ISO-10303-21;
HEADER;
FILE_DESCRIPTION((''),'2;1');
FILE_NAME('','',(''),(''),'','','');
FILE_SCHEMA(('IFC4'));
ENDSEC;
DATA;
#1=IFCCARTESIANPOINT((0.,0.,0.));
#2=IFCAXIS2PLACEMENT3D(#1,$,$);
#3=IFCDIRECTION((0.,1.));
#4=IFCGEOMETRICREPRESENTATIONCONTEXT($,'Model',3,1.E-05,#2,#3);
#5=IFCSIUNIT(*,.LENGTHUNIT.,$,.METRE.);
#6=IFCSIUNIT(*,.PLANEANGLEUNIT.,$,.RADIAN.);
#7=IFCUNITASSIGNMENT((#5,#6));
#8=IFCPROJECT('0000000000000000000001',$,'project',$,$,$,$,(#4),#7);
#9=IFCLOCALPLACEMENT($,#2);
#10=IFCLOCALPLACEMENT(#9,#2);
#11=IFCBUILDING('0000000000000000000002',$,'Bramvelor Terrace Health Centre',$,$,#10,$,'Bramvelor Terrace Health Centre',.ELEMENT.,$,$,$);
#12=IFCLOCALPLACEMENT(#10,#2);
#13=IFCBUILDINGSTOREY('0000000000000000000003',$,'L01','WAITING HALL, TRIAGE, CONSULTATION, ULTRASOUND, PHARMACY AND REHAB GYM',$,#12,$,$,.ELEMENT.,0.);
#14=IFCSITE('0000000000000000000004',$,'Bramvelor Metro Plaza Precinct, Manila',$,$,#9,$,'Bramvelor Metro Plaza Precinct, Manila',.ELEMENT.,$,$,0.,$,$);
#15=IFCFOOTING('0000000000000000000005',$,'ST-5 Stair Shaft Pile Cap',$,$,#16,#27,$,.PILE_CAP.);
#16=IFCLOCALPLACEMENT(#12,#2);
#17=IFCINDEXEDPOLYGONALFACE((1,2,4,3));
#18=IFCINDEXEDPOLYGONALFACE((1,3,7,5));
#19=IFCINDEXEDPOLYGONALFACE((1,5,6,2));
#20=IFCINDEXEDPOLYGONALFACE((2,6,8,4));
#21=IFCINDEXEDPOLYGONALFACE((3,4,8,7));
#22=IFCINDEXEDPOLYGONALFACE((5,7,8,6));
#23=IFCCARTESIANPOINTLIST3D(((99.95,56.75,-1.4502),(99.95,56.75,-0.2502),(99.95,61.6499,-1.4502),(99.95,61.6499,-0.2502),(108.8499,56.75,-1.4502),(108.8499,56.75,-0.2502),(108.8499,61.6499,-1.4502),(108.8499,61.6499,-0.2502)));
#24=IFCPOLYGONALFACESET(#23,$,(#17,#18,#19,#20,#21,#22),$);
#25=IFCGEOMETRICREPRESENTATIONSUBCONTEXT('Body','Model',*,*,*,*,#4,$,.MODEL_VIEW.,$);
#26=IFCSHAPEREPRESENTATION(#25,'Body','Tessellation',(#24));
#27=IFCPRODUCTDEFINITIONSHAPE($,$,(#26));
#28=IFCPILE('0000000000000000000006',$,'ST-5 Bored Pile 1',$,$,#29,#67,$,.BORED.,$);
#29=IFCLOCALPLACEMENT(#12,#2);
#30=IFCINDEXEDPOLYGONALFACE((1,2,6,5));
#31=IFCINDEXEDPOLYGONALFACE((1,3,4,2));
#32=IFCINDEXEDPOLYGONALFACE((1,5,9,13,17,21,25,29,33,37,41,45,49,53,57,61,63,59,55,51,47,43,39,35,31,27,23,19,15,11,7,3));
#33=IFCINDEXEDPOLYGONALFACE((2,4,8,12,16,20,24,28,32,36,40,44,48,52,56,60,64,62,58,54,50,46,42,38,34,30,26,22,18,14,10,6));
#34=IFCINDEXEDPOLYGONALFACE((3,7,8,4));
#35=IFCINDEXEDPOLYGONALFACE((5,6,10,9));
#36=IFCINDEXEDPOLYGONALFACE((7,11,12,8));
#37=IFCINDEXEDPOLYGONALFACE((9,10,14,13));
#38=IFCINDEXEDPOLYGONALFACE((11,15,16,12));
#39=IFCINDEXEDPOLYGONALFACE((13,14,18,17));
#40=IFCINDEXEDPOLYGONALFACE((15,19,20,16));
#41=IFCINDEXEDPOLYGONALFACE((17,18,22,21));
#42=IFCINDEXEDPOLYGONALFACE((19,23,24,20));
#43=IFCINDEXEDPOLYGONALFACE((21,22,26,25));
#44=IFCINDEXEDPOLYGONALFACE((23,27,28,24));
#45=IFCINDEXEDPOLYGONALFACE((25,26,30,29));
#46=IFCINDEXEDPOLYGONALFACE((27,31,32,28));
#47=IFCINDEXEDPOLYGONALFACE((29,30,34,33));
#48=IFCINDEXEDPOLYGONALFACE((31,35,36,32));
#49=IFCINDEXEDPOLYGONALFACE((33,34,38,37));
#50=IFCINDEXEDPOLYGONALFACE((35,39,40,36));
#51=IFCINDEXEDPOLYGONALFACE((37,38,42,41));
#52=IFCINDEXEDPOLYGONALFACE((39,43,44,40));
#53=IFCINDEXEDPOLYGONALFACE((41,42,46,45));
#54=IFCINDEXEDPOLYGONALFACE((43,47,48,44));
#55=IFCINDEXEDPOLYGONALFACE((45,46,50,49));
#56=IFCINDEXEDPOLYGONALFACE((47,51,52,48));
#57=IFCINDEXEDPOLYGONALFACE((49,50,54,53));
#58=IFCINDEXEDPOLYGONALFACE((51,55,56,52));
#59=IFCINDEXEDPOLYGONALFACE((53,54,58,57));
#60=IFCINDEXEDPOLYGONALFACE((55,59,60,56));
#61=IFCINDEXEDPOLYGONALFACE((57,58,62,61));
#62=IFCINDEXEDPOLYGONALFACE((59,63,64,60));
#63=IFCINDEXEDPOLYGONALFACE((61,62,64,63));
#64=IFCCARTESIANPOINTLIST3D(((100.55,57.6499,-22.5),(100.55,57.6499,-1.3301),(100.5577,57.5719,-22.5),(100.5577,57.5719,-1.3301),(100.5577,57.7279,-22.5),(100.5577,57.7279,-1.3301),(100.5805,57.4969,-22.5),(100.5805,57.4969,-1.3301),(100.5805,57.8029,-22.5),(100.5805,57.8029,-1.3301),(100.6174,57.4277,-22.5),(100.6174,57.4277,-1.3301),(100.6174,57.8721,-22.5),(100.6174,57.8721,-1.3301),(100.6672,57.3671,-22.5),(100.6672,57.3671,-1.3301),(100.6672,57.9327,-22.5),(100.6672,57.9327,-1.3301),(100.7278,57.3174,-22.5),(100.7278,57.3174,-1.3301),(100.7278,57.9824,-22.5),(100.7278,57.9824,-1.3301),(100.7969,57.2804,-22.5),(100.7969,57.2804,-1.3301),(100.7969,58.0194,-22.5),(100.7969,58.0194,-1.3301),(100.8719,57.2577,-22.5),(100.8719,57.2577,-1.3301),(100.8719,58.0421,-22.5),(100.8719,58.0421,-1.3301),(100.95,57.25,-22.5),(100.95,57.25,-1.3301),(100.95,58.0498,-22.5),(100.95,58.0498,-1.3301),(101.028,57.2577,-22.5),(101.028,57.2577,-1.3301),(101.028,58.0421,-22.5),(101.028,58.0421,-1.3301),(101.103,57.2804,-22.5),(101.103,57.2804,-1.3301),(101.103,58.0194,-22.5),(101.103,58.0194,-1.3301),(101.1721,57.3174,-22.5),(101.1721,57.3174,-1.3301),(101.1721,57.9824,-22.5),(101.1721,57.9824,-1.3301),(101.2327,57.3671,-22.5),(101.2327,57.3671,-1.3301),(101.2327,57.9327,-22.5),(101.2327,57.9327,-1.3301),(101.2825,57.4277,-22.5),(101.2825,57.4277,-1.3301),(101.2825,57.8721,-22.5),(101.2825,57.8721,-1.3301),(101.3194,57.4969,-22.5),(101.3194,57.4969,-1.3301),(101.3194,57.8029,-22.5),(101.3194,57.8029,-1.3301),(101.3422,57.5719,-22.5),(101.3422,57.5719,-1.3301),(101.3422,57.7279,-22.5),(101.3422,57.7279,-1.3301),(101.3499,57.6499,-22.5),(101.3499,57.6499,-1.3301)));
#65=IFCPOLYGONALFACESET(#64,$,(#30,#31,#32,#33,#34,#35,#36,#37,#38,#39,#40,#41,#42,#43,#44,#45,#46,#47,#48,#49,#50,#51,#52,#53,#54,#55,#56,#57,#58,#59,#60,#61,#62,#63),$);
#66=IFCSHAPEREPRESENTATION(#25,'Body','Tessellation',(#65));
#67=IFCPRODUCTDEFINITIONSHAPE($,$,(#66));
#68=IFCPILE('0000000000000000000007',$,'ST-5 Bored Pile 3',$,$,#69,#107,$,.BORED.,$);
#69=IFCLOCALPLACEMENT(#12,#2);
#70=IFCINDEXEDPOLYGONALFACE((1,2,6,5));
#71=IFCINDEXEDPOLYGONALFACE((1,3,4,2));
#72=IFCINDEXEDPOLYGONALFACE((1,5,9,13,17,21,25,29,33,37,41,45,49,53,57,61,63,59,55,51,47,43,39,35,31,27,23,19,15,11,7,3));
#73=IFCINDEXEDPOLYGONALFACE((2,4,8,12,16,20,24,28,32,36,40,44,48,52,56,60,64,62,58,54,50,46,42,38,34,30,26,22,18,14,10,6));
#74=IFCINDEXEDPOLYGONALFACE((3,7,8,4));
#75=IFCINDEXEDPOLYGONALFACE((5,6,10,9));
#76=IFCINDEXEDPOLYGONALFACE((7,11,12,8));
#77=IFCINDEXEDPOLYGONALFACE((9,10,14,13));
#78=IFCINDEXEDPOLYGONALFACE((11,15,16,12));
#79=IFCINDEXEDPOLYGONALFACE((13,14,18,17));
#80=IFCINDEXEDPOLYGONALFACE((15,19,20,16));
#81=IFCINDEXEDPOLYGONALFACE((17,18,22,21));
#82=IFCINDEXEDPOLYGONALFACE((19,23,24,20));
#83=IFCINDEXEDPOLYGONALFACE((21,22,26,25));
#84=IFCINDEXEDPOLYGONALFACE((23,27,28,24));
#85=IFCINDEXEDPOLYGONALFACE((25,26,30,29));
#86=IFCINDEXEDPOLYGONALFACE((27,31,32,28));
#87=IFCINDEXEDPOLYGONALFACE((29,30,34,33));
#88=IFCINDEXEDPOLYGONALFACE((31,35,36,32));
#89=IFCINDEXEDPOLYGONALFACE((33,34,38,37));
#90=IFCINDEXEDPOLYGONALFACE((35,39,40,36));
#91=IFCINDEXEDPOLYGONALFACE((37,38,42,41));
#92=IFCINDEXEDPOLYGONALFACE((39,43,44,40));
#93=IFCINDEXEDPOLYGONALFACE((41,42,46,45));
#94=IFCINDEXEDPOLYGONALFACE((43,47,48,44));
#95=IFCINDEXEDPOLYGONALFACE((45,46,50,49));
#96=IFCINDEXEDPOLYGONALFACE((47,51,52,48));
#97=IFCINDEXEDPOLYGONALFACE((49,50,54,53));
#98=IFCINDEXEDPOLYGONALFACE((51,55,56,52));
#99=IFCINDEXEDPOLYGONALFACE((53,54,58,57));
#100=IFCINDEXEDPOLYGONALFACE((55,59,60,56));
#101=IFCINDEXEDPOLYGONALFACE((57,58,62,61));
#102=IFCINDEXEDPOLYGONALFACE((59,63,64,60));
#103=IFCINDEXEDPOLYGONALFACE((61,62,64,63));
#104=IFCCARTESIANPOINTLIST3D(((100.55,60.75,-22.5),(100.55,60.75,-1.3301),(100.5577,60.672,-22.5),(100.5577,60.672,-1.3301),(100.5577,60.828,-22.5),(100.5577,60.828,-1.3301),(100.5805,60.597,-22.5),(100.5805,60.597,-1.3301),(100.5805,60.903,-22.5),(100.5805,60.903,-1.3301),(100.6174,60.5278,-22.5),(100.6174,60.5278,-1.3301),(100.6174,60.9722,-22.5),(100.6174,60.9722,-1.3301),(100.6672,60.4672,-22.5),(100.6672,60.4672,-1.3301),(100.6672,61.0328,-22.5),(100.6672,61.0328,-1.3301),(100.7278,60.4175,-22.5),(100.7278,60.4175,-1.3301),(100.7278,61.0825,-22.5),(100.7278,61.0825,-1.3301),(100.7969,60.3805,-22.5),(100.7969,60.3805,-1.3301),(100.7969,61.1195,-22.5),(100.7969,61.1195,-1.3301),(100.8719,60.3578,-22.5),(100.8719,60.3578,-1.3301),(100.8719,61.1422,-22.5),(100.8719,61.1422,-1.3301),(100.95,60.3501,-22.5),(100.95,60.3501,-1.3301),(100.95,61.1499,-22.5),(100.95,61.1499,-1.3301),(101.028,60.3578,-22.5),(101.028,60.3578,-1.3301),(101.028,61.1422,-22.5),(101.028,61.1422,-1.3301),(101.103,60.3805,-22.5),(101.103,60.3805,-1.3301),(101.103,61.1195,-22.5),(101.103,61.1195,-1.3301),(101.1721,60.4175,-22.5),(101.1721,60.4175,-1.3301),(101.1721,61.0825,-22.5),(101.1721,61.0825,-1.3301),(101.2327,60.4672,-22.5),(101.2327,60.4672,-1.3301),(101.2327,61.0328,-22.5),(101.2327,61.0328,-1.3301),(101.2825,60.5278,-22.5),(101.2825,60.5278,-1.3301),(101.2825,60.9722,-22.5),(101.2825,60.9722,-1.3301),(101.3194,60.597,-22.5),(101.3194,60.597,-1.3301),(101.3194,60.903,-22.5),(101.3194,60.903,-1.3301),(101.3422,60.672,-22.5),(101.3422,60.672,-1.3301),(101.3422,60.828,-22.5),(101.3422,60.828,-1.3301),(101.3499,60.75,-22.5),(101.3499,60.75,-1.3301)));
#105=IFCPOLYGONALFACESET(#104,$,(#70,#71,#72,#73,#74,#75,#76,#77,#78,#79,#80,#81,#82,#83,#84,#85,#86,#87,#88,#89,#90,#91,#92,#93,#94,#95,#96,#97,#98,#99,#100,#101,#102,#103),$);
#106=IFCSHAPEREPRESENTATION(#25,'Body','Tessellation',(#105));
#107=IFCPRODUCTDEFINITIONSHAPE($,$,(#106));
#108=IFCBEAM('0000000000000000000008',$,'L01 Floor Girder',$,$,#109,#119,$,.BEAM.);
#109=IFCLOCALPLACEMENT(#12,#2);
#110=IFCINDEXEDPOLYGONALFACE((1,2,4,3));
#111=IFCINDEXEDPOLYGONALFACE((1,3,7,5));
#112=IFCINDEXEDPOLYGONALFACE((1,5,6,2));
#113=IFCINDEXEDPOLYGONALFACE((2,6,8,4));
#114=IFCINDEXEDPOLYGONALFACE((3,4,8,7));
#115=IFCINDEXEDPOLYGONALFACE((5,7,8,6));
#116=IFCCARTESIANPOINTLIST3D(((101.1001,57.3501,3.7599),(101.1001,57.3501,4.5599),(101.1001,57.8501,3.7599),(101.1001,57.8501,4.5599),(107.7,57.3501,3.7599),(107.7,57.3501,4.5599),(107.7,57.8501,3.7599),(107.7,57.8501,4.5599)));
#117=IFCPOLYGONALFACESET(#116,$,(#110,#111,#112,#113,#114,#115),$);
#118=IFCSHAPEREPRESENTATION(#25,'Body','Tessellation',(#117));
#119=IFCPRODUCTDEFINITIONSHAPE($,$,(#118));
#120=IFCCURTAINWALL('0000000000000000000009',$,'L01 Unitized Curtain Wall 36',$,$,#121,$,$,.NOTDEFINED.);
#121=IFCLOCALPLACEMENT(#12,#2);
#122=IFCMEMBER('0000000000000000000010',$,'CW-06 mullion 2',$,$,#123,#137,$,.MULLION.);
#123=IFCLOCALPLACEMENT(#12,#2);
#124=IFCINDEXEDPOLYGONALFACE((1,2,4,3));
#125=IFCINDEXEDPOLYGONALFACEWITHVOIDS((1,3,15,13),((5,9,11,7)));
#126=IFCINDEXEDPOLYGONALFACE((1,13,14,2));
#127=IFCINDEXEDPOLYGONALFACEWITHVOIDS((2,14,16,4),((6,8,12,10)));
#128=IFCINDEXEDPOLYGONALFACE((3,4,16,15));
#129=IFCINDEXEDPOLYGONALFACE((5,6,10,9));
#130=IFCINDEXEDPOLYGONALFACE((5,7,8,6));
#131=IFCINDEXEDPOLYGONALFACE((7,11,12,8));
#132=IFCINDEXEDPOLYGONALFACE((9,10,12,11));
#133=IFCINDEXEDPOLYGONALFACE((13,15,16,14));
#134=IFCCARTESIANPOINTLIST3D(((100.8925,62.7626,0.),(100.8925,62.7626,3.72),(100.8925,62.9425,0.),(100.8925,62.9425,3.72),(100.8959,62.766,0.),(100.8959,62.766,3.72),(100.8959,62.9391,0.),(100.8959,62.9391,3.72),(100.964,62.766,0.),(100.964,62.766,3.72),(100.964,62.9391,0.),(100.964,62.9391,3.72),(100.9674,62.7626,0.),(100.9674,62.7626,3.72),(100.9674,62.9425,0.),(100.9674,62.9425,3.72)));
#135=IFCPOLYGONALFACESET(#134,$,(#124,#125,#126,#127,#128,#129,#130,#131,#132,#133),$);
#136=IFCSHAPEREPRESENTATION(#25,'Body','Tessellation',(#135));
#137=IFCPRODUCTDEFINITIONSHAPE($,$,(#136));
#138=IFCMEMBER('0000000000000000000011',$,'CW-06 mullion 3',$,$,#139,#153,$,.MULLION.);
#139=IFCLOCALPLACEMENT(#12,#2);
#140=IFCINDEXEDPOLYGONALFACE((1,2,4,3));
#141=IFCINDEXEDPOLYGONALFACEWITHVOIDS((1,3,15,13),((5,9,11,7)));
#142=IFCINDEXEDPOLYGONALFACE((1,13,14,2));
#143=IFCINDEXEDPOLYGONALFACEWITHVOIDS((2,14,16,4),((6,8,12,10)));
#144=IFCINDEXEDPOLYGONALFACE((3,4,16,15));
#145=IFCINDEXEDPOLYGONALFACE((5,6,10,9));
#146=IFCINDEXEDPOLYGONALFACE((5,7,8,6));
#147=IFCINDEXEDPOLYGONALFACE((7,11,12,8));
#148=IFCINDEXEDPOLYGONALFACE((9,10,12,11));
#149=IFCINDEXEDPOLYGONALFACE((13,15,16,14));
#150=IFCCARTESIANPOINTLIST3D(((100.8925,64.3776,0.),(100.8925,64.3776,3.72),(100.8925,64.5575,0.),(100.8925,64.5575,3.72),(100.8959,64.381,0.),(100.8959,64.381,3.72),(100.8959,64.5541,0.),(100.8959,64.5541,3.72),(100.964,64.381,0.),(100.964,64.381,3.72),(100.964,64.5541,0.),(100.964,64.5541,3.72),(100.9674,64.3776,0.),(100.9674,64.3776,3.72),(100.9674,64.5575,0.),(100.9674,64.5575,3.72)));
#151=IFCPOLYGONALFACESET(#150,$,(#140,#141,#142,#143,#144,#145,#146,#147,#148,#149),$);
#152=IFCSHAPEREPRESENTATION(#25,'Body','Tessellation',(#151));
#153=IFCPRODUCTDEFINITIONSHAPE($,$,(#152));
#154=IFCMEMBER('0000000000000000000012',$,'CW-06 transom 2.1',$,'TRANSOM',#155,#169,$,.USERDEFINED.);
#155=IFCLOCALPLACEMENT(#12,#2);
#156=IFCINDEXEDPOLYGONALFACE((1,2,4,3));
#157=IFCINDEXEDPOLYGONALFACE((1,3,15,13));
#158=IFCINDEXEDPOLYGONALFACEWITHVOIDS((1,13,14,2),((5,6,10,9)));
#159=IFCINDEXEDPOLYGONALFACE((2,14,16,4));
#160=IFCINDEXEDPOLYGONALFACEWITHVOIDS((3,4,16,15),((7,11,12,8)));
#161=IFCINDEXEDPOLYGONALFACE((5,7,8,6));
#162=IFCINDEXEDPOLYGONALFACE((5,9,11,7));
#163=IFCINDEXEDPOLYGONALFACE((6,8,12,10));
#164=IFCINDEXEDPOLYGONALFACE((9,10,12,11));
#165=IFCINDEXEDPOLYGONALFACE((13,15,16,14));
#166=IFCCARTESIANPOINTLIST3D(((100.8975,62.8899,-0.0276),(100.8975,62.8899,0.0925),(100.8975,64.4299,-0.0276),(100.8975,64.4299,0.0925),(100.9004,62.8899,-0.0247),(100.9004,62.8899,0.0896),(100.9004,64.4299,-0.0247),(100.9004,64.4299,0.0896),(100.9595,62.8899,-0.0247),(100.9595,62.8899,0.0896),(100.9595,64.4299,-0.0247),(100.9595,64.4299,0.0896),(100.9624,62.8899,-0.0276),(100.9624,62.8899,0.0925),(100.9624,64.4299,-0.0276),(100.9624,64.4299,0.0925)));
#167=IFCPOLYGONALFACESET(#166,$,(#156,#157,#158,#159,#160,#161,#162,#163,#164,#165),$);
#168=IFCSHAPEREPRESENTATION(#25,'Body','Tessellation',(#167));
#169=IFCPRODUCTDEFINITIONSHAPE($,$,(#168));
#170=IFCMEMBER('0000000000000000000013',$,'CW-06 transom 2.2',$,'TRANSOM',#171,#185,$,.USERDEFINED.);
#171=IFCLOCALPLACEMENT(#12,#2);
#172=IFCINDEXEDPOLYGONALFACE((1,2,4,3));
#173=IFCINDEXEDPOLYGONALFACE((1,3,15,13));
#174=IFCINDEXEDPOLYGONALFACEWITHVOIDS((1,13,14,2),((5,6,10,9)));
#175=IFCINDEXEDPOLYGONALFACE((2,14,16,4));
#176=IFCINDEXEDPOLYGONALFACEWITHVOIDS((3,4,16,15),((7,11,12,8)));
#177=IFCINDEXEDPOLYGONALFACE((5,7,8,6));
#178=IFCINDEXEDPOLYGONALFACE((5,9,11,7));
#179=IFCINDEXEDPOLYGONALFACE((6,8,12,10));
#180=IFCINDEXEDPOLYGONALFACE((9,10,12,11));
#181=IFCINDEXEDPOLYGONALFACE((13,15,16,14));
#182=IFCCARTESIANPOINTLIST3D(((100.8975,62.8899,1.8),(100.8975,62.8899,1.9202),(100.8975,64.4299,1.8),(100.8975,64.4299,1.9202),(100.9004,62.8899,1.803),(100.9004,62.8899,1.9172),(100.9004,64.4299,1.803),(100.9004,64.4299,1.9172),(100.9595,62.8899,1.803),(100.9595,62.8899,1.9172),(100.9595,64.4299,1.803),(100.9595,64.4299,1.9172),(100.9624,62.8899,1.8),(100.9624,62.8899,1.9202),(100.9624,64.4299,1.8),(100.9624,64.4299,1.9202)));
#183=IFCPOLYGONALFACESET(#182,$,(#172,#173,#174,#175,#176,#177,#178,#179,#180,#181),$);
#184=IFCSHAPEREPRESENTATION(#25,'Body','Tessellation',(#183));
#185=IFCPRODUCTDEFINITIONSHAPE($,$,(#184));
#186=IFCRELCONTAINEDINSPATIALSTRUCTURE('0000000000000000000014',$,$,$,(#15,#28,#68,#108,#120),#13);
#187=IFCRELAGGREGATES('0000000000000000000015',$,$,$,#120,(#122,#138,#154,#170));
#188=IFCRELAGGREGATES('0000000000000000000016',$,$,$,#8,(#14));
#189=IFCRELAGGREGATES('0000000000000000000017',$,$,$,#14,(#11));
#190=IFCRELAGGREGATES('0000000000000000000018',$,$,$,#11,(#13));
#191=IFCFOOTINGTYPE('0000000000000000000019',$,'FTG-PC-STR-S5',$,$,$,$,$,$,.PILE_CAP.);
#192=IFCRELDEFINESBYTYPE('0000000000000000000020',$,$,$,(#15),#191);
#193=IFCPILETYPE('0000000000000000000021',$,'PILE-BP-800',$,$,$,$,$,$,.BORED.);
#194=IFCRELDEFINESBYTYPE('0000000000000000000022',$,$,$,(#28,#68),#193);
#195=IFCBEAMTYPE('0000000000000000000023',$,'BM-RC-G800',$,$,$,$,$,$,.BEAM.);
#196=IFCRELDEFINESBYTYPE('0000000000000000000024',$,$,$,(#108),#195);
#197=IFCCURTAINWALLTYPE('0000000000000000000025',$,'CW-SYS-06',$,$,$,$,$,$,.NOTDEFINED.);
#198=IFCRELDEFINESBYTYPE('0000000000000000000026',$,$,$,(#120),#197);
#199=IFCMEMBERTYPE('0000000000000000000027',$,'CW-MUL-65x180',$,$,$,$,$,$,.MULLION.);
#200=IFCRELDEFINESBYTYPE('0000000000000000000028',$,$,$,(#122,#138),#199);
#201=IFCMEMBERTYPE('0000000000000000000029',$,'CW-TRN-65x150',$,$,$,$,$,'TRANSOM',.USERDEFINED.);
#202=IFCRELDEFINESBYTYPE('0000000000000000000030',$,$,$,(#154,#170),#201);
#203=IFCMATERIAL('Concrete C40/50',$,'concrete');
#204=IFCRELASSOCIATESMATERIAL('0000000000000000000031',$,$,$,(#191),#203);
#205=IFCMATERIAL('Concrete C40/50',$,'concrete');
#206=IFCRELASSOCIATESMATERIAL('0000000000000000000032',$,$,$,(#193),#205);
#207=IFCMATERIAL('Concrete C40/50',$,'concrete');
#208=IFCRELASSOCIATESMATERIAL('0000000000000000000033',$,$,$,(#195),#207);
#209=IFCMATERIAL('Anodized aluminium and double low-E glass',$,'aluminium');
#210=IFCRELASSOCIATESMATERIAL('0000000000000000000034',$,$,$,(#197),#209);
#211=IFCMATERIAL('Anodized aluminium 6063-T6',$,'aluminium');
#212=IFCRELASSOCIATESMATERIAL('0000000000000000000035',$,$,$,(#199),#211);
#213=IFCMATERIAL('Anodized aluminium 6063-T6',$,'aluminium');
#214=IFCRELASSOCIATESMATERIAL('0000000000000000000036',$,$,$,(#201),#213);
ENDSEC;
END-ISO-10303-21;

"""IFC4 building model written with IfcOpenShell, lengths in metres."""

from ifc_helpers import new_model, si_unit, direction, frame, origin, origin_2d, place, context, subcontext, project, spatial, rectangle, hollow_rectangle, circle, extrude, material, material_profile, profile_set, type_object, element, aggregate, save


model = new_model("IFC4")

# Units and contexts
model_context = context("Model", 3, precision=1e-05, world=origin(), true_north=direction((0.0, 1.0)))
body_context = subcontext(model_context, "Body", "Model", "MODEL_VIEW")
ifc_project = project(units=[si_unit("LENGTHUNIT", "METRE"), si_unit("PLANEANGLEUNIT", "RADIAN")], contexts=[model_context])

# Site, building, storey
site_placement = place(None, origin())
site = spatial("IfcSite", under=ifc_project, at=site_placement, Name="Bramvelor Metro Plaza Precinct, Manila", LongName="Bramvelor Metro Plaza Precinct, Manila", CompositionType="ELEMENT", RefElevation=0.0)
building_placement = place(site_placement, origin())
building = spatial("IfcBuilding", under=site, at=building_placement, Name="Bramvelor Terrace Health Centre", LongName="Bramvelor Terrace Health Centre", CompositionType="ELEMENT")
storey_placement = place(building_placement, origin())
storey = spatial("IfcBuildingStorey", under=building, at=storey_placement, Name="L01", Description="WAITING HALL, TRIAGE, CONSULTATION, ULTRASOUND, PHARMACY AND REHAB GYM", CompositionType="ELEMENT", Elevation=0.0)

# Footing
ifc_material_1 = material(Name="Concrete C40/50", Category="concrete")
footing_type = type_object("IfcFootingType", Name="FTG-PC-STR-S5", PredefinedType="PILE_CAP", material=ifc_material_1)
footing_placement = place(storey_placement, frame((104.3999, 59.2, -1.4502), z_axis=(0.0, 0.0, 1.0), x_axis=(1.0, 0.0, 0.0)))
element("IfcFooting", 1, at=footing_placement, inside=storey, type_object=footing_type, Name="ST-5 Stair Shaft Pile Cap", PredefinedType="PILE_CAP", context=body_context, shape_type="SweptSolid", body=[
    extrude(rectangle(XDim=8.8999, YDim=4.8999, at=origin_2d()), origin(), (0.0, 0.0, 1.0), 1.2),
])

# Piles
ifc_material_2 = material(Name="Concrete C40/50", Category="concrete")
ifc_material_profile_1 = material_profile(ifc_material_2, circle(Radius=0.3999, at=origin_2d()), Name="BP D800")
ifc_profile_set_1 = profile_set([ifc_material_profile_1], Name="Concrete C40/50")
pile_type = type_object("IfcPileType", Name="PILE-BP-800", PredefinedType="BORED", material=ifc_profile_set_1)
for number, where, z_axis, x_axis, name in (
    (2, (100.95, 57.6499, -1.3301), (0.0, 0.0, -1.0), (1.0, 0.0, 0.0), "ST-5 Bored Pile 1"),
    (3, (100.95, 60.75, -1.3301), (0.0, 0.0, -1.0), (1.0, 0.0, 0.0), "ST-5 Bored Pile 3"),
):
    element("IfcPile", number, at=place(storey_placement, frame(where, z_axis=z_axis, x_axis=x_axis)), inside=storey, type_object=pile_type, Name=name, PredefinedType="BORED", context=body_context, shape_type="SweptSolid", body=[
        extrude(circle(Radius=0.3999, at=origin_2d()), origin(), (0.0, 0.0, 1.0), 21.1699),
    ])

# Beam
ifc_material_3 = material(Name="Concrete C40/50", Category="concrete")
ifc_material_profile_2 = material_profile(ifc_material_3, rectangle(XDim=0.5, YDim=0.8, at=origin_2d()), Name="RC 500x800")
ifc_profile_set_2 = profile_set([ifc_material_profile_2], Name="Concrete C40/50")
beam_type = type_object("IfcBeamType", Name="BM-RC-G800", PredefinedType="BEAM", material=ifc_profile_set_2)
beam_placement = place(storey_placement, frame((101.1001, 57.6001, 4.1599), z_axis=(1.0, 0.0, 0.0), x_axis=(0.0, 1.0, 0.0)))
element("IfcBeam", 4, at=beam_placement, inside=storey, type_object=beam_type, Name="L01 Floor Girder", PredefinedType="BEAM", context=body_context, shape_type="SweptSolid", body=[
    extrude(rectangle(XDim=0.5, YDim=0.8, at=origin_2d()), origin(), (0.0, 0.0, 1.0), 6.5999),
])

# Curtain wall, members
ifc_material_4 = material(Name="Anodized aluminium and double low-E glass", Category="aluminium")
curtain_wall_type = type_object("IfcCurtainWallType", Name="CW-SYS-06", PredefinedType="NOTDEFINED", material=ifc_material_4)
curtain_wall_placement = place(storey_placement, origin())
curtain_wall = element("IfcCurtainWall", 5, at=curtain_wall_placement, inside=storey, type_object=curtain_wall_type, Name="L01 Unitized Curtain Wall 36", PredefinedType="NOTDEFINED")
ifc_material_5 = material(Name="Anodized aluminium 6063-T6", Category="aluminium")
ifc_material_profile_3 = material_profile(ifc_material_5, hollow_rectangle(XDim=0.075, YDim=0.1799, WallThickness=0.0034, at=origin_2d()), Name="ALU-MUL 75x180x3.5")
ifc_profile_set_3 = profile_set([ifc_material_profile_3], Name="Anodized aluminium 6063-T6")
member_type_1 = type_object("IfcMemberType", Name="CW-MUL-65x180", PredefinedType="MULLION", material=ifc_profile_set_3)
member_1_placement = place(storey_placement, frame((100.9299, 62.8525, 0.0), z_axis=(0.0, 0.0, 1.0), x_axis=(-1.0, 0.0, 0.0)))
member_1 = element("IfcMember", 6, at=member_1_placement, type_object=member_type_1, Name="CW-06 mullion 2", PredefinedType="MULLION", context=body_context, shape_type="SweptSolid", body=[
    extrude(hollow_rectangle(XDim=0.075, YDim=0.1799, WallThickness=0.0034, at=origin_2d()), origin(), (0.0, 0.0, 1.0), 3.72),
])
member_2_placement = place(storey_placement, frame((100.9299, 64.4675, 0.0), z_axis=(0.0, 0.0, 1.0), x_axis=(-1.0, 0.0, 0.0)))
member_2 = element("IfcMember", 7, at=member_2_placement, type_object=member_type_1, Name="CW-06 mullion 3", PredefinedType="MULLION", context=body_context, shape_type="SweptSolid", body=[
    extrude(hollow_rectangle(XDim=0.075, YDim=0.1799, WallThickness=0.0034, at=origin_2d()), origin(), (0.0, 0.0, 1.0), 3.72),
])
ifc_material_6 = material(Name="Anodized aluminium 6063-T6", Category="aluminium")
ifc_material_profile_4 = material_profile(ifc_material_6, hollow_rectangle(XDim=0.0649, YDim=0.1201, WallThickness=0.0029, at=origin_2d()), Name="ALU-TRN 65x120x3.0")
ifc_profile_set_4 = profile_set([ifc_material_profile_4], Name="Anodized aluminium 6063-T6")
member_type_2 = type_object("IfcMemberType", Name="CW-TRN-65x150", ElementType="TRANSOM", PredefinedType="USERDEFINED", material=ifc_profile_set_4)
member_3_placement = place(storey_placement, frame((100.9299, 62.8899, 0.0325), z_axis=(0.0, 1.0, 0.0), x_axis=(-1.0, 0.0, 0.0)))
member_3 = element("IfcMember", 8, at=member_3_placement, type_object=member_type_2, Name="CW-06 transom 2.1", ObjectType="TRANSOM", PredefinedType="USERDEFINED", context=body_context, shape_type="SweptSolid", body=[
    extrude(hollow_rectangle(XDim=0.0649, YDim=0.1201, WallThickness=0.0029, at=origin_2d()), origin(), (0.0, 0.0, 1.0), 1.54),
])
member_4_placement = place(storey_placement, frame((100.9299, 62.8899, 1.8601), z_axis=(0.0, 1.0, 0.0), x_axis=(-1.0, 0.0, 0.0)))
member_4 = element("IfcMember", 9, at=member_4_placement, type_object=member_type_2, Name="CW-06 transom 2.2", ObjectType="TRANSOM", PredefinedType="USERDEFINED", context=body_context, shape_type="SweptSolid", body=[
    extrude(hollow_rectangle(XDim=0.0649, YDim=0.1201, WallThickness=0.0029, at=origin_2d()), origin(), (0.0, 0.0, 1.0), 1.54),
])
aggregate(curtain_wall, [member_1, member_2, member_3, member_4])

save(model, "model.ifc")
